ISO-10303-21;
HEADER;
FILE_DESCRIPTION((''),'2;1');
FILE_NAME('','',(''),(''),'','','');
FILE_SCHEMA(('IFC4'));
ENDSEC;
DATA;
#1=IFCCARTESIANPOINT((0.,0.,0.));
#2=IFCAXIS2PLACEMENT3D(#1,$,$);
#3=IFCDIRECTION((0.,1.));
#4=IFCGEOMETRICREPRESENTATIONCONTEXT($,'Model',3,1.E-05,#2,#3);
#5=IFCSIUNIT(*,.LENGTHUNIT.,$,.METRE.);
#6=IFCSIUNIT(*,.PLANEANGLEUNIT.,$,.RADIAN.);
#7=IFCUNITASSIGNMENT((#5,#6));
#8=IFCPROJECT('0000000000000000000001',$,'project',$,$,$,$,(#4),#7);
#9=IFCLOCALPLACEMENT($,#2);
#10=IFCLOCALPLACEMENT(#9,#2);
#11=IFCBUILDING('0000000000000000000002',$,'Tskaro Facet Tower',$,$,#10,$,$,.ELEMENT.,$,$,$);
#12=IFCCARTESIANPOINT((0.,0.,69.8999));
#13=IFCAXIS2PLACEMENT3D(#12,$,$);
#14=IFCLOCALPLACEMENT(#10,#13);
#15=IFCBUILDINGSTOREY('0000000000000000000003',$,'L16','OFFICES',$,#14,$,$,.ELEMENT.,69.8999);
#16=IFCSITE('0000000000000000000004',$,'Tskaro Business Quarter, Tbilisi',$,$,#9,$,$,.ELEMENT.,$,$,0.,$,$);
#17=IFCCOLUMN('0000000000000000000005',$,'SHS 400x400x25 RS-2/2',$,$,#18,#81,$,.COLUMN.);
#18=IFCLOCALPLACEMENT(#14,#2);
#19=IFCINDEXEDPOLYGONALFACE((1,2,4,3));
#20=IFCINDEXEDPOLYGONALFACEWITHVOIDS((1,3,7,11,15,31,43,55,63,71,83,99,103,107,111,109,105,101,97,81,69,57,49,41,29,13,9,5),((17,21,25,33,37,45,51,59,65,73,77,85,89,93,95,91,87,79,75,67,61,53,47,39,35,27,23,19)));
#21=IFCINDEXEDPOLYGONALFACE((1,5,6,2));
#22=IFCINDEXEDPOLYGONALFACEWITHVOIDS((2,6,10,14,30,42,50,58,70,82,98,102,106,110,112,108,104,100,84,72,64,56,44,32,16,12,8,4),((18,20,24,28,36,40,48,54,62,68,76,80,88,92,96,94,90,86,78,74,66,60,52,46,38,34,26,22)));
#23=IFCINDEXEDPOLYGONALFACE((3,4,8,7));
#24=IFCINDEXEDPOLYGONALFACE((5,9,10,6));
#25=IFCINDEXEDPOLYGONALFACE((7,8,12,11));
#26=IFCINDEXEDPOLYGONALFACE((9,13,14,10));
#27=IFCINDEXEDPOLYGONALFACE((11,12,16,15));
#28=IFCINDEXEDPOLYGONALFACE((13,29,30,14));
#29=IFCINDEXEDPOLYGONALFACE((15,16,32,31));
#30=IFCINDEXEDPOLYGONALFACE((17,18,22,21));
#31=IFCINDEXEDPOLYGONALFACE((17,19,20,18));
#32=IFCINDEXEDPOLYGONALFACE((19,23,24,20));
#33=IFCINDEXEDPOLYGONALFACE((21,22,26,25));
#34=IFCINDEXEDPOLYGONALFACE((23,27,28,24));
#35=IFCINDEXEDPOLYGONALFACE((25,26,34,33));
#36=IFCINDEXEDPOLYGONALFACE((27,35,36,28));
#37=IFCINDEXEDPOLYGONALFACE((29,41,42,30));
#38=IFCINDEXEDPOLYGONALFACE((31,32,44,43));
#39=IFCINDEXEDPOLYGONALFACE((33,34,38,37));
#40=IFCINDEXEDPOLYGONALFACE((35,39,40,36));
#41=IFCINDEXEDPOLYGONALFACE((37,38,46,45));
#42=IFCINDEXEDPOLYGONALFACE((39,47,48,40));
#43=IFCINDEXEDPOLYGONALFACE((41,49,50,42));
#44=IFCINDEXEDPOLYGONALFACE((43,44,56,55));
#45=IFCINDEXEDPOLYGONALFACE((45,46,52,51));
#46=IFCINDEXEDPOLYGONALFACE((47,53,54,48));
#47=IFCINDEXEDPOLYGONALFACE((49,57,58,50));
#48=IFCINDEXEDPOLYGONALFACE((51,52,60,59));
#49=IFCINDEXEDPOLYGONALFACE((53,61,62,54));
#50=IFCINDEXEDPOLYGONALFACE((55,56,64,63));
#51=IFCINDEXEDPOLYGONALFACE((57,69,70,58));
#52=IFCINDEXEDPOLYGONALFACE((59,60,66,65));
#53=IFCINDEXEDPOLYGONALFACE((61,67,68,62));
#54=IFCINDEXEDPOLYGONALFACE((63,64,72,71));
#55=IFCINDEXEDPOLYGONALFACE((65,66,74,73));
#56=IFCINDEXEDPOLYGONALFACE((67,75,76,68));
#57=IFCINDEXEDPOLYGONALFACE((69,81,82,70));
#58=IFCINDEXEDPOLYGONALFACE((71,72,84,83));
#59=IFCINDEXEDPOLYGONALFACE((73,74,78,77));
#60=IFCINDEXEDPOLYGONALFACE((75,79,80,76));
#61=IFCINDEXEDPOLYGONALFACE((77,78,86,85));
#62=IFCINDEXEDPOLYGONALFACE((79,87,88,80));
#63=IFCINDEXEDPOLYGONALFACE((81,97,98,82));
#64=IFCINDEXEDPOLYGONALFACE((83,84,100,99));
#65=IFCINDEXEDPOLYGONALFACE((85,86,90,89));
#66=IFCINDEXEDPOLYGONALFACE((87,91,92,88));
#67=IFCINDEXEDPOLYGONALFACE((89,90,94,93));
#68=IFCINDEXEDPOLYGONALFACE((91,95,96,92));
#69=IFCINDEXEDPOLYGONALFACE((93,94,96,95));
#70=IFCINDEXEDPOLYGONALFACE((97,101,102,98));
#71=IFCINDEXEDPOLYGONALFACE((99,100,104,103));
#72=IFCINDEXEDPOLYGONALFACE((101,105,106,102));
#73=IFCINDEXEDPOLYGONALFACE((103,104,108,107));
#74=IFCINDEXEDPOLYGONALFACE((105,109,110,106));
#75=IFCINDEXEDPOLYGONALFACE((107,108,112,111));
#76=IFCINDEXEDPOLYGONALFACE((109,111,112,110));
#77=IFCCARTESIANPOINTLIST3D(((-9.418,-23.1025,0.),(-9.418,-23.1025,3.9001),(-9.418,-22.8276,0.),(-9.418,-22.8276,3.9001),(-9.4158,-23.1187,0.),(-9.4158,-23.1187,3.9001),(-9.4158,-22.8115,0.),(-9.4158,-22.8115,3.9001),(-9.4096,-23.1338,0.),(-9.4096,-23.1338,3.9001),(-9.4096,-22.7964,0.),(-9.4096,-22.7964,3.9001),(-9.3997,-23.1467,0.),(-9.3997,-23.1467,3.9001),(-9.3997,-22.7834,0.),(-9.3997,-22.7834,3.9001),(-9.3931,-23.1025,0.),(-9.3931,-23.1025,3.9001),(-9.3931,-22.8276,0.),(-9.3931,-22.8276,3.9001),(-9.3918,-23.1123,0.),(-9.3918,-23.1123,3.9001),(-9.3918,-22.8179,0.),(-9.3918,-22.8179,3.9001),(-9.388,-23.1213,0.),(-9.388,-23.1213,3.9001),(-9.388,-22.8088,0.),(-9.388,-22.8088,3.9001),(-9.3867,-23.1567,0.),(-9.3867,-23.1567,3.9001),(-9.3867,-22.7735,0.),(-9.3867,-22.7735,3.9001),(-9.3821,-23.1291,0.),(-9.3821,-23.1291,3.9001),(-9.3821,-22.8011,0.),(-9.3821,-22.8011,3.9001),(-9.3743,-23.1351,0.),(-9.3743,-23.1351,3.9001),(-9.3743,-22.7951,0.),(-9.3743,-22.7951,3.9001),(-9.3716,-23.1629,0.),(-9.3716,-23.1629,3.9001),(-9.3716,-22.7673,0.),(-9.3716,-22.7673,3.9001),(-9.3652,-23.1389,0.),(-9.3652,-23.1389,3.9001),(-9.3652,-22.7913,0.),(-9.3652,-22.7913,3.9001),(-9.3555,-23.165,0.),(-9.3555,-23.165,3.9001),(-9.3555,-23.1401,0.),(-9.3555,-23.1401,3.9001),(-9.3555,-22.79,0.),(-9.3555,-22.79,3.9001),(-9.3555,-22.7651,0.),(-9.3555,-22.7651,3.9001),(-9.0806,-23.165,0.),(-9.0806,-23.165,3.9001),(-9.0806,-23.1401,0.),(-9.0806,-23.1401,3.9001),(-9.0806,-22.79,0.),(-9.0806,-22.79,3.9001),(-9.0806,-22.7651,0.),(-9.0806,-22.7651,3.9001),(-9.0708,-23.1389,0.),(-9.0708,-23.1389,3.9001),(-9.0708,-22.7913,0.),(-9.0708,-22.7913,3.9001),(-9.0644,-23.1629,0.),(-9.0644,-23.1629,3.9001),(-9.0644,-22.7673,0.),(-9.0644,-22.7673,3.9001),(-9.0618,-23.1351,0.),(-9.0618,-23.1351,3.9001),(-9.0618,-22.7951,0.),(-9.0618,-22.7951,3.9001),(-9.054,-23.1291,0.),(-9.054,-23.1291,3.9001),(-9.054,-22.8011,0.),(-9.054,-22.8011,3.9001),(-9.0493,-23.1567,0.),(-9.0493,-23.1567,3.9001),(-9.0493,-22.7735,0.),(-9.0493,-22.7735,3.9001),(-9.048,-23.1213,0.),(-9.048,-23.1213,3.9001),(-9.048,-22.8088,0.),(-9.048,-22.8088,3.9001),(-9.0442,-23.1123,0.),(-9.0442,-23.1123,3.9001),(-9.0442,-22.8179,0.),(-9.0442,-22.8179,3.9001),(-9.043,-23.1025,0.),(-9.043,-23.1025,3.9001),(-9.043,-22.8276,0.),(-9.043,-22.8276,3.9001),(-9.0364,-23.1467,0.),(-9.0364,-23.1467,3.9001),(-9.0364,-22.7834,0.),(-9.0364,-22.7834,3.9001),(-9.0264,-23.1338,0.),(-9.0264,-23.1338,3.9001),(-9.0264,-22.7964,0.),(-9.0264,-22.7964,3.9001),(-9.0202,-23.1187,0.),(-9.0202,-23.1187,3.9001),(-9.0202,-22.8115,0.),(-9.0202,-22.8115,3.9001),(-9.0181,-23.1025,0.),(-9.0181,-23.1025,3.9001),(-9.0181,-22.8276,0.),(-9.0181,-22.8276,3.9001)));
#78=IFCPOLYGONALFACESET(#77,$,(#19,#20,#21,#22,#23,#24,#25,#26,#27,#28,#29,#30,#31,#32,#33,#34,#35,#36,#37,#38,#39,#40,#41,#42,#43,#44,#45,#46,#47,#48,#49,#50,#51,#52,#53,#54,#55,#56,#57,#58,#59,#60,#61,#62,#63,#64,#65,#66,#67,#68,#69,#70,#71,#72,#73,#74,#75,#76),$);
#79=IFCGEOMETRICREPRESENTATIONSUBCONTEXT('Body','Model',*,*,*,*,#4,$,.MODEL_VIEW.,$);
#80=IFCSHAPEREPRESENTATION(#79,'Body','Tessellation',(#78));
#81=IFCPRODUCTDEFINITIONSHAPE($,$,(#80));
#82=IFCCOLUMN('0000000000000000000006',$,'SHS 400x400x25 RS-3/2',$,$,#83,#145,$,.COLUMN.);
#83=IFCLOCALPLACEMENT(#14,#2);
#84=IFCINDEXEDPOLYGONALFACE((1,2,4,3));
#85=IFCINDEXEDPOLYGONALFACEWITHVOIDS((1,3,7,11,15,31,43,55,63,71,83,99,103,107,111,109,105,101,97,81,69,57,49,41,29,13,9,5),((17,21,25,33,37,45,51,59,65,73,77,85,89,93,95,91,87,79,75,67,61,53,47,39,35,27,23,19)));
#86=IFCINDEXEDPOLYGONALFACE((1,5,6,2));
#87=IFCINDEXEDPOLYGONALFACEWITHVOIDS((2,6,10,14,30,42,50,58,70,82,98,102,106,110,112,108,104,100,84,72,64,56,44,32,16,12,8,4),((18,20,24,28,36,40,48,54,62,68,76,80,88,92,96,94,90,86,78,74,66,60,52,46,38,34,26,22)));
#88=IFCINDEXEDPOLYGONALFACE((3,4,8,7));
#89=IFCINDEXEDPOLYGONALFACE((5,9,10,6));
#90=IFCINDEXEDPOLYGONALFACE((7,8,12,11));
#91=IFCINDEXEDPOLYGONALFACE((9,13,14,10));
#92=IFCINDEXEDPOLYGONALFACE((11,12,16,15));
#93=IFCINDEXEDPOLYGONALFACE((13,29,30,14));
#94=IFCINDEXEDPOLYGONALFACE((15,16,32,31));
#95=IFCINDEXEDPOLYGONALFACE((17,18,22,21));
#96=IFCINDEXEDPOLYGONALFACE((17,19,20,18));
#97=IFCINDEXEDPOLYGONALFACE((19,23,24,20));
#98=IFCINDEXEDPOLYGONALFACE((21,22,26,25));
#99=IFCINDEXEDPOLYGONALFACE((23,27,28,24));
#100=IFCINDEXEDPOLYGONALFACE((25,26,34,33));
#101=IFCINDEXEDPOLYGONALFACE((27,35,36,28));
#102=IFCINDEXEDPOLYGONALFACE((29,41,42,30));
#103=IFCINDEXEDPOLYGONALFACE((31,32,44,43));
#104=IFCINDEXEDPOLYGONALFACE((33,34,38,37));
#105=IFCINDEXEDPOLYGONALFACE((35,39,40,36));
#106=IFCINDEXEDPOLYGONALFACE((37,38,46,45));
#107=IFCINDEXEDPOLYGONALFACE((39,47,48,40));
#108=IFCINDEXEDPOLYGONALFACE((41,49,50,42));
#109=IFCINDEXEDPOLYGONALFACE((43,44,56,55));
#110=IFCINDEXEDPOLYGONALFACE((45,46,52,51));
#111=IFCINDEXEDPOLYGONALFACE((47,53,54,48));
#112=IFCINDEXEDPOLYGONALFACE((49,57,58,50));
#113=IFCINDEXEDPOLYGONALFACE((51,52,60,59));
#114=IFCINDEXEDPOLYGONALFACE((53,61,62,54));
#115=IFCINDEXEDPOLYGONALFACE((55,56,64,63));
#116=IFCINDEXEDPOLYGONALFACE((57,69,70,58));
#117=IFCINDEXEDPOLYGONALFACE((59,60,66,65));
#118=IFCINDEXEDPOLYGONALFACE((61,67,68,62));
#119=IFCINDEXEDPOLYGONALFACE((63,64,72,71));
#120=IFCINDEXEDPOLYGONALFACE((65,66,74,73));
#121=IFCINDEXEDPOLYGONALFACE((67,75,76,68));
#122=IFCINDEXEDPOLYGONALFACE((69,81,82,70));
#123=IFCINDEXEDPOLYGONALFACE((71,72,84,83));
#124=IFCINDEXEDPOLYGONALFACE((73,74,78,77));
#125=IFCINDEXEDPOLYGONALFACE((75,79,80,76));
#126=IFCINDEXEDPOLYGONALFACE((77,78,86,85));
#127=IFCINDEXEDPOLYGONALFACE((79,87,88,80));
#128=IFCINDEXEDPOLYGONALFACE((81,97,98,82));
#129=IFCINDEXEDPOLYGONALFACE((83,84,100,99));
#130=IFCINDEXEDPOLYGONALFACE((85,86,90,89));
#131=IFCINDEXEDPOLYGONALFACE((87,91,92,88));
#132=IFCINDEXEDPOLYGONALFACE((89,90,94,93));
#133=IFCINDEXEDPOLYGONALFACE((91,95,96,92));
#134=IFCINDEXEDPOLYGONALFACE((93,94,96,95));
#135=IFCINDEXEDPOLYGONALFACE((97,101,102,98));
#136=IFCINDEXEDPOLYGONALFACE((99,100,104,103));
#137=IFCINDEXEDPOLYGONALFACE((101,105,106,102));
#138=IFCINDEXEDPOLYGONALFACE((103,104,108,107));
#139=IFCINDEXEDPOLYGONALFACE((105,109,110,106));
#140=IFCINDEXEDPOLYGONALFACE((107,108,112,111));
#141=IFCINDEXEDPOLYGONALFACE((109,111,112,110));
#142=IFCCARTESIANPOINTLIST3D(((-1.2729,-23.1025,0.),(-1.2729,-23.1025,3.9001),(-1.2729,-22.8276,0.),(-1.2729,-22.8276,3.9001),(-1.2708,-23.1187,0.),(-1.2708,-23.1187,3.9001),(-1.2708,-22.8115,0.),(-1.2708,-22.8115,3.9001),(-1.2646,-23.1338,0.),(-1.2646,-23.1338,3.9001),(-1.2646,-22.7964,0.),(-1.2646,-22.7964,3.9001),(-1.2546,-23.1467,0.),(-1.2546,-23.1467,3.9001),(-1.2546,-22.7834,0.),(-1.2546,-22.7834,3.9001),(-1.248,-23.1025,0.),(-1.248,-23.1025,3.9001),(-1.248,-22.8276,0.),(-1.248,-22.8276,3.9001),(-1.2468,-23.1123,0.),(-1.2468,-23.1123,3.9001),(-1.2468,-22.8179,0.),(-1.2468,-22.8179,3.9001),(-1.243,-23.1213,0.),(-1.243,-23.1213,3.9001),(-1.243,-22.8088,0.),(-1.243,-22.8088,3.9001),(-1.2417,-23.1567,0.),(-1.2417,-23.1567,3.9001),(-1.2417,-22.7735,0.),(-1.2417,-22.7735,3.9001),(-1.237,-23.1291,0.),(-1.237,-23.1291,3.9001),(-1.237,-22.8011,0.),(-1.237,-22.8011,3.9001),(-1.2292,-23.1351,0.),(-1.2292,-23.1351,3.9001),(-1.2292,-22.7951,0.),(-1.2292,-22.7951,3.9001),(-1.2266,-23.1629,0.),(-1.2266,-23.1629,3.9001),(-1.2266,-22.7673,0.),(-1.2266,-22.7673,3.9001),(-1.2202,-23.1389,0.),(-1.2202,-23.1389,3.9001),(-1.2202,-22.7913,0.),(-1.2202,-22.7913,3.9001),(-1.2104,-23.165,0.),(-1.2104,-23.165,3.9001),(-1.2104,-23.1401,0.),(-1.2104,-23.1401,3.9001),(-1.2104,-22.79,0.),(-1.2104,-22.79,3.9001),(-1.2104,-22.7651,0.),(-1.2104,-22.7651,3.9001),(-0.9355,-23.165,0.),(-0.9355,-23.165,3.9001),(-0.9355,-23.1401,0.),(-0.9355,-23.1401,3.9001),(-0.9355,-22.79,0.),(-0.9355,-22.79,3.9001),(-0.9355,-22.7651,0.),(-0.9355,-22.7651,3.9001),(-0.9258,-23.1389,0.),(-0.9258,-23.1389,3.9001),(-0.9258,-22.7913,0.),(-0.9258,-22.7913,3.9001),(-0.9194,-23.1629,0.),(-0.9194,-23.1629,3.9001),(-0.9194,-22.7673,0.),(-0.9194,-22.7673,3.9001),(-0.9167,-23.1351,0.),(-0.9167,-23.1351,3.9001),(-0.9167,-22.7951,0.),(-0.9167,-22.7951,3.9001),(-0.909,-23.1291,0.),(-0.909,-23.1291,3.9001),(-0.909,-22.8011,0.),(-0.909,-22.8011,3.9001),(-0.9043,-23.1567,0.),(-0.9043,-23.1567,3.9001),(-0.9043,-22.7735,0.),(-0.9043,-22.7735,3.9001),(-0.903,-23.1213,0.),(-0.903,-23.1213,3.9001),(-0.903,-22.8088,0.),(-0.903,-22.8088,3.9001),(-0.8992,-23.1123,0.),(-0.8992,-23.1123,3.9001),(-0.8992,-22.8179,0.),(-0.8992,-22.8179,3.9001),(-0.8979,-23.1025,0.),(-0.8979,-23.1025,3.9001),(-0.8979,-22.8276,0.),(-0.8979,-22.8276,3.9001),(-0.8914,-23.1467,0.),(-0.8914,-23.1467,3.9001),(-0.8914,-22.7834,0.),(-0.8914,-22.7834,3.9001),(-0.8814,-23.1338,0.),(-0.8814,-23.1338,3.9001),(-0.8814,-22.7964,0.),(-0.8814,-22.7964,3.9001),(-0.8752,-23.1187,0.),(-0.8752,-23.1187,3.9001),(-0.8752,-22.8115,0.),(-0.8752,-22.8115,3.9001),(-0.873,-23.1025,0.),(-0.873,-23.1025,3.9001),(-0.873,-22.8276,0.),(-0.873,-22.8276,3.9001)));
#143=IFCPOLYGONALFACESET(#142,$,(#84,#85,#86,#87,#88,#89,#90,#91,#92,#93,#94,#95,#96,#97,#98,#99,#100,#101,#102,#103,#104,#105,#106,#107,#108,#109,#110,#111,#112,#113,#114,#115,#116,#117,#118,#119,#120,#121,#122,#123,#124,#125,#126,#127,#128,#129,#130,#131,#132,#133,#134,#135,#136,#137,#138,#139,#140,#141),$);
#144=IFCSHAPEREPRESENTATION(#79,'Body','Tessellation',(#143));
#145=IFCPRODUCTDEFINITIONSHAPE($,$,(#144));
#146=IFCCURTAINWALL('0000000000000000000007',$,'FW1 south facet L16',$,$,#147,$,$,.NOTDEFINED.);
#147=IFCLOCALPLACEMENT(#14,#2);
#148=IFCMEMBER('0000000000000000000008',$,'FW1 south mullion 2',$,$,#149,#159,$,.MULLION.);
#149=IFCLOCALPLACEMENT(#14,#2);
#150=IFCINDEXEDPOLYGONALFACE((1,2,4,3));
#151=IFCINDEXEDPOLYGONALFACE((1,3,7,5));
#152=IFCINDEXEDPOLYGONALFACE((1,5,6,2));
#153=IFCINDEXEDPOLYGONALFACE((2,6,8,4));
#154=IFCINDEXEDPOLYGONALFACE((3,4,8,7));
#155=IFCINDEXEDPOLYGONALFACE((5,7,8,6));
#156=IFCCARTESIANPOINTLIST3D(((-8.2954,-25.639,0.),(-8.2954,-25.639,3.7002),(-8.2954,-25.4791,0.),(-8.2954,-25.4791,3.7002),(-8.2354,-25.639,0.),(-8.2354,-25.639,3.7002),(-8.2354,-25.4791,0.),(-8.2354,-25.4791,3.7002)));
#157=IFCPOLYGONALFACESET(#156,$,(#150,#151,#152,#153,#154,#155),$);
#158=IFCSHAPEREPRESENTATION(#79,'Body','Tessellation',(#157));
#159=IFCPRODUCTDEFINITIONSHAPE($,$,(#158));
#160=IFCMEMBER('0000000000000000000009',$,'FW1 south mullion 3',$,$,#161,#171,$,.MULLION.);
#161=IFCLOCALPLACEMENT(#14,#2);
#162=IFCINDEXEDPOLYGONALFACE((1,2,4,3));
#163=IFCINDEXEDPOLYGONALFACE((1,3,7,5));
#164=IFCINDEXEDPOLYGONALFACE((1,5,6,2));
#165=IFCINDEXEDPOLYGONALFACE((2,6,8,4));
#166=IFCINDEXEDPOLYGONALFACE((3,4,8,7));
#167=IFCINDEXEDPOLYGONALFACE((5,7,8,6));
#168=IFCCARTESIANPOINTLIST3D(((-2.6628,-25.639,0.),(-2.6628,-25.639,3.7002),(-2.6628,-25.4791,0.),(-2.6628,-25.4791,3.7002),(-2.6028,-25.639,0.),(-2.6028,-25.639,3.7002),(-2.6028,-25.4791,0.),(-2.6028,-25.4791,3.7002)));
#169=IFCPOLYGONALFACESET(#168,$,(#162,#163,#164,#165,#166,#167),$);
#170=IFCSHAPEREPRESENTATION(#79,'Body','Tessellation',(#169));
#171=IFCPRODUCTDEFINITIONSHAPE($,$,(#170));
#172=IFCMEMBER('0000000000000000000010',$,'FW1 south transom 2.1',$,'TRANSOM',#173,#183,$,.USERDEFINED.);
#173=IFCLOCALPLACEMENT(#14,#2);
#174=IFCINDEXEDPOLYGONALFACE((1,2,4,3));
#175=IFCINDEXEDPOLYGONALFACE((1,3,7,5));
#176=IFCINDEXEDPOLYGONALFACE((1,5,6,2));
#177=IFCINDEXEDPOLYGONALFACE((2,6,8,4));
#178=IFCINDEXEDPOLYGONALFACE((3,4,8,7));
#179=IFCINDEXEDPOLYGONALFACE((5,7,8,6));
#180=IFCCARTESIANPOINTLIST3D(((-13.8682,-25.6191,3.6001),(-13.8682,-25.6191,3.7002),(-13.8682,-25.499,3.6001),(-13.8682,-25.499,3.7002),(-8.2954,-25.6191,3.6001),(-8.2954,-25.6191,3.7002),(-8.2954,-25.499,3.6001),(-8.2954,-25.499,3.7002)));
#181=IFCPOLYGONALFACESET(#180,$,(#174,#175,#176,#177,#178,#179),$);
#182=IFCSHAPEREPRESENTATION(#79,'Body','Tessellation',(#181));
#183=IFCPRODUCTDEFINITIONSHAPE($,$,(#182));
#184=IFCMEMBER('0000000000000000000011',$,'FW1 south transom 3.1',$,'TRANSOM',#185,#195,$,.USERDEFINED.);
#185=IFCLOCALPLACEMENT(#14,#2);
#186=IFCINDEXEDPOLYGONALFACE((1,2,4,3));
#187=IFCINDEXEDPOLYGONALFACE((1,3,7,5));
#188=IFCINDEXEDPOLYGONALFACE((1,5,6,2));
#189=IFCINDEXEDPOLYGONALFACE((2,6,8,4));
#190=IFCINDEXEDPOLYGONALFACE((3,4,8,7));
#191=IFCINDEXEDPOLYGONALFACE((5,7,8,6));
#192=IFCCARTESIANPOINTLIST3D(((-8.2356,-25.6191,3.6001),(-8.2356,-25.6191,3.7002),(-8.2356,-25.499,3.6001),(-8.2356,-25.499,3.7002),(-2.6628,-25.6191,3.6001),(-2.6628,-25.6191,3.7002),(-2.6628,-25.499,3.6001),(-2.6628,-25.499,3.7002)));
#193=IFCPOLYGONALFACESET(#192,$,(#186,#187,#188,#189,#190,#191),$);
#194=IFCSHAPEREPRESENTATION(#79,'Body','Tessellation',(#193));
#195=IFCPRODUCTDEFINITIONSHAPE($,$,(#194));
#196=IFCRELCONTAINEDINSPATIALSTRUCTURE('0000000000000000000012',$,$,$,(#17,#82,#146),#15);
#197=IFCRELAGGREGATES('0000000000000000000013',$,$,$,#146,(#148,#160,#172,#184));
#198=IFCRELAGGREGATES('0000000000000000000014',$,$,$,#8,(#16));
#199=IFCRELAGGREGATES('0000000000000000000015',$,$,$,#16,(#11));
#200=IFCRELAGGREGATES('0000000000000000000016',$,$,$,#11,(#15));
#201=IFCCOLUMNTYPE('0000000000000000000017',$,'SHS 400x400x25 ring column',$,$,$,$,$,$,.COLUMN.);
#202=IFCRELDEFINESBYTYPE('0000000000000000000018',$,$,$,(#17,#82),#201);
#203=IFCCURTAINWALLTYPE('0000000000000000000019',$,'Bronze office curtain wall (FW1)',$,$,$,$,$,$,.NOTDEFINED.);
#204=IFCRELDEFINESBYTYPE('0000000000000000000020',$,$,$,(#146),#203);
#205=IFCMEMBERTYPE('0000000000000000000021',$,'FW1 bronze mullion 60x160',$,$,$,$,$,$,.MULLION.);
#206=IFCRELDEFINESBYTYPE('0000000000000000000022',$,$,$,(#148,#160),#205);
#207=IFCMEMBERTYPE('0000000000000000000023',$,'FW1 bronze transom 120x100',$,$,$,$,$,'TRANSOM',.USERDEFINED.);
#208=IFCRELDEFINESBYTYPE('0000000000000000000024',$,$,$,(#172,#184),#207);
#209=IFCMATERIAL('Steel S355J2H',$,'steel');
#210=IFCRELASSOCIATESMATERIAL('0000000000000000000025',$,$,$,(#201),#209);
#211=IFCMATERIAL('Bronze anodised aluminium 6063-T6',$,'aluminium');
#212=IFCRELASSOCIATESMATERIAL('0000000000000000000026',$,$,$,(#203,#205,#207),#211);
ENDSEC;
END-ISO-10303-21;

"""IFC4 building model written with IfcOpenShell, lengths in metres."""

from ifc_helpers import new_model, si_unit, direction, frame, origin, origin_2d, place, context, subcontext, project, spatial, rectangle, hollow_rectangle, extrude, material, material_profile, profile_set, type_object, element, aggregate, save


model = new_model("IFC4")

# Units and contexts
model_context = context("Model", 3, precision=1e-05, world=origin(), true_north=direction((0.0, 1.0)))
body_context = subcontext(model_context, "Body", "Model", "MODEL_VIEW")
ifc_project = project(units=[si_unit("LENGTHUNIT", "METRE"), si_unit("PLANEANGLEUNIT", "RADIAN")], contexts=[model_context])

# Site, building, storey
site_placement = place(None, origin())
site = spatial("IfcSite", under=ifc_project, at=site_placement, Name="Tskaro Business Quarter, Tbilisi", CompositionType="ELEMENT", RefElevation=0.0)
building_placement = place(site_placement, origin())
building = spatial("IfcBuilding", under=site, at=building_placement, Name="Tskaro Facet Tower", CompositionType="ELEMENT")
storey_placement = place(building_placement, frame((0.0, 0.0, 69.8999)))
storey = spatial("IfcBuildingStorey", under=building, at=storey_placement, Name="L16", Description="OFFICES", CompositionType="ELEMENT", Elevation=69.8999)

# Columns
ifc_material_1 = material(Name="Steel S355J2H", Category="steel")
ifc_material_profile_1 = material_profile(ifc_material_1, hollow_rectangle(XDim=0.3999, YDim=0.3999, WallThickness=0.0249, InnerFilletRadius=0.0376, OuterFilletRadius=0.0625, at=origin_2d()), Name="SHS 400x400x25")
ifc_profile_set_1 = profile_set([ifc_material_profile_1], Name="Steel S355J2H")
column_type_1 = type_object("IfcColumnType", Name="SHS 400x400x25 ring column", PredefinedType="COLUMN", material=ifc_profile_set_1)
for number, where, z_axis, x_axis, name in (
    (1, (-9.218, -22.9651, 0.0), (0.0, 0.0, 1.0), (1.0, 0.0, 0.0), "SHS 400x400x25 RS-2/2"),
    (2, (-1.073, -22.9651, 0.0), (0.0, 0.0, 1.0), (1.0, 0.0, 0.0), "SHS 400x400x25 RS-3/2"),
):
    element("IfcColumn", number, at=place(storey_placement, frame(where, z_axis=z_axis, x_axis=x_axis)), inside=storey, type_object=column_type_1, Name=name, PredefinedType="COLUMN", context=body_context, shape_type="SweptSolid", body=[
        extrude(hollow_rectangle(XDim=0.3999, YDim=0.3999, WallThickness=0.0249, InnerFilletRadius=0.0376, OuterFilletRadius=0.0625, at=origin_2d()), origin(), (0.0, 0.0, 1.0), 3.9001),
    ])

# Curtain wall, members
ifc_material_2 = material(Name="Bronze anodised aluminium 6063-T6", Category="aluminium")
curtain_wall_type = type_object("IfcCurtainWallType", Name="Bronze office curtain wall (FW1)", PredefinedType="NOTDEFINED", material=ifc_material_2)
curtain_wall_placement = place(storey_placement, origin())
curtain_wall = element("IfcCurtainWall", 3, at=curtain_wall_placement, inside=storey, type_object=curtain_wall_type, Name="FW1 south facet L16", PredefinedType="NOTDEFINED")
ifc_material_profile_2 = material_profile(ifc_material_2, rectangle(XDim=0.0601, YDim=0.1599, at=origin_2d()), Name="Mullion 60x160")
ifc_profile_set_2 = profile_set([ifc_material_profile_2], Name="Bronze anodised aluminium 6063-T6")
member_type_1 = type_object("IfcMemberType", Name="FW1 bronze mullion 60x160", PredefinedType="MULLION", material=ifc_profile_set_2)
member_1_placement = place(storey_placement, frame((-8.2654, -25.5591, 0.0), z_axis=(0.0, 0.0, 1.0), x_axis=(1.0, 0.0, 0.0)))
member_1 = element("IfcMember", 4, at=member_1_placement, type_object=member_type_1, Name="FW1 south mullion 2", PredefinedType="MULLION", context=body_context, shape_type="SweptSolid", body=[
    extrude(rectangle(XDim=0.0601, YDim=0.1599, at=origin_2d()), origin(), (0.0, 0.0, 1.0), 3.7002),
])
member_2_placement = place(storey_placement, frame((-2.6328, -25.5591, 0.0), z_axis=(0.0, 0.0, 1.0), x_axis=(1.0, 0.0, 0.0)))
member_2 = element("IfcMember", 5, at=member_2_placement, type_object=member_type_1, Name="FW1 south mullion 3", PredefinedType="MULLION", context=body_context, shape_type="SweptSolid", body=[
    extrude(rectangle(XDim=0.0601, YDim=0.1599, at=origin_2d()), origin(), (0.0, 0.0, 1.0), 3.7002),
])
ifc_material_profile_3 = material_profile(ifc_material_2, rectangle(XDim=0.1201, YDim=0.1001, at=origin_2d()), Name="Transom 120x100")
ifc_profile_set_3 = profile_set([ifc_material_profile_3], Name="Bronze anodised aluminium 6063-T6")
member_type_2 = type_object("IfcMemberType", Name="FW1 bronze transom 120x100", ElementType="TRANSOM", PredefinedType="USERDEFINED", material=ifc_profile_set_3)
member_3_placement = place(storey_placement, frame((-13.8682, -25.5591, 3.6501), z_axis=(1.0, 0.0, 0.0), x_axis=(0.0, 1.0, 0.0)))
member_3 = element("IfcMember", 6, at=member_3_placement, type_object=member_type_2, Name="FW1 south transom 2.1", ObjectType="TRANSOM", PredefinedType="USERDEFINED", context=body_context, shape_type="SweptSolid", body=[
    extrude(rectangle(XDim=0.1201, YDim=0.1001, at=origin_2d()), origin(), (0.0, 0.0, 1.0), 5.5728),
])
member_4_placement = place(storey_placement, frame((-8.2356, -25.5591, 3.6501), z_axis=(1.0, 0.0, 0.0), x_axis=(0.0, 1.0, 0.0)))
member_4 = element("IfcMember", 7, at=member_4_placement, type_object=member_type_2, Name="FW1 south transom 3.1", ObjectType="TRANSOM", PredefinedType="USERDEFINED", context=body_context, shape_type="SweptSolid", body=[
    extrude(rectangle(XDim=0.1201, YDim=0.1001, at=origin_2d()), origin(), (0.0, 0.0, 1.0), 5.5728),
])

aggregate(curtain_wall, [member_1, member_2, member_3, member_4])

save(model, "model.ifc")
